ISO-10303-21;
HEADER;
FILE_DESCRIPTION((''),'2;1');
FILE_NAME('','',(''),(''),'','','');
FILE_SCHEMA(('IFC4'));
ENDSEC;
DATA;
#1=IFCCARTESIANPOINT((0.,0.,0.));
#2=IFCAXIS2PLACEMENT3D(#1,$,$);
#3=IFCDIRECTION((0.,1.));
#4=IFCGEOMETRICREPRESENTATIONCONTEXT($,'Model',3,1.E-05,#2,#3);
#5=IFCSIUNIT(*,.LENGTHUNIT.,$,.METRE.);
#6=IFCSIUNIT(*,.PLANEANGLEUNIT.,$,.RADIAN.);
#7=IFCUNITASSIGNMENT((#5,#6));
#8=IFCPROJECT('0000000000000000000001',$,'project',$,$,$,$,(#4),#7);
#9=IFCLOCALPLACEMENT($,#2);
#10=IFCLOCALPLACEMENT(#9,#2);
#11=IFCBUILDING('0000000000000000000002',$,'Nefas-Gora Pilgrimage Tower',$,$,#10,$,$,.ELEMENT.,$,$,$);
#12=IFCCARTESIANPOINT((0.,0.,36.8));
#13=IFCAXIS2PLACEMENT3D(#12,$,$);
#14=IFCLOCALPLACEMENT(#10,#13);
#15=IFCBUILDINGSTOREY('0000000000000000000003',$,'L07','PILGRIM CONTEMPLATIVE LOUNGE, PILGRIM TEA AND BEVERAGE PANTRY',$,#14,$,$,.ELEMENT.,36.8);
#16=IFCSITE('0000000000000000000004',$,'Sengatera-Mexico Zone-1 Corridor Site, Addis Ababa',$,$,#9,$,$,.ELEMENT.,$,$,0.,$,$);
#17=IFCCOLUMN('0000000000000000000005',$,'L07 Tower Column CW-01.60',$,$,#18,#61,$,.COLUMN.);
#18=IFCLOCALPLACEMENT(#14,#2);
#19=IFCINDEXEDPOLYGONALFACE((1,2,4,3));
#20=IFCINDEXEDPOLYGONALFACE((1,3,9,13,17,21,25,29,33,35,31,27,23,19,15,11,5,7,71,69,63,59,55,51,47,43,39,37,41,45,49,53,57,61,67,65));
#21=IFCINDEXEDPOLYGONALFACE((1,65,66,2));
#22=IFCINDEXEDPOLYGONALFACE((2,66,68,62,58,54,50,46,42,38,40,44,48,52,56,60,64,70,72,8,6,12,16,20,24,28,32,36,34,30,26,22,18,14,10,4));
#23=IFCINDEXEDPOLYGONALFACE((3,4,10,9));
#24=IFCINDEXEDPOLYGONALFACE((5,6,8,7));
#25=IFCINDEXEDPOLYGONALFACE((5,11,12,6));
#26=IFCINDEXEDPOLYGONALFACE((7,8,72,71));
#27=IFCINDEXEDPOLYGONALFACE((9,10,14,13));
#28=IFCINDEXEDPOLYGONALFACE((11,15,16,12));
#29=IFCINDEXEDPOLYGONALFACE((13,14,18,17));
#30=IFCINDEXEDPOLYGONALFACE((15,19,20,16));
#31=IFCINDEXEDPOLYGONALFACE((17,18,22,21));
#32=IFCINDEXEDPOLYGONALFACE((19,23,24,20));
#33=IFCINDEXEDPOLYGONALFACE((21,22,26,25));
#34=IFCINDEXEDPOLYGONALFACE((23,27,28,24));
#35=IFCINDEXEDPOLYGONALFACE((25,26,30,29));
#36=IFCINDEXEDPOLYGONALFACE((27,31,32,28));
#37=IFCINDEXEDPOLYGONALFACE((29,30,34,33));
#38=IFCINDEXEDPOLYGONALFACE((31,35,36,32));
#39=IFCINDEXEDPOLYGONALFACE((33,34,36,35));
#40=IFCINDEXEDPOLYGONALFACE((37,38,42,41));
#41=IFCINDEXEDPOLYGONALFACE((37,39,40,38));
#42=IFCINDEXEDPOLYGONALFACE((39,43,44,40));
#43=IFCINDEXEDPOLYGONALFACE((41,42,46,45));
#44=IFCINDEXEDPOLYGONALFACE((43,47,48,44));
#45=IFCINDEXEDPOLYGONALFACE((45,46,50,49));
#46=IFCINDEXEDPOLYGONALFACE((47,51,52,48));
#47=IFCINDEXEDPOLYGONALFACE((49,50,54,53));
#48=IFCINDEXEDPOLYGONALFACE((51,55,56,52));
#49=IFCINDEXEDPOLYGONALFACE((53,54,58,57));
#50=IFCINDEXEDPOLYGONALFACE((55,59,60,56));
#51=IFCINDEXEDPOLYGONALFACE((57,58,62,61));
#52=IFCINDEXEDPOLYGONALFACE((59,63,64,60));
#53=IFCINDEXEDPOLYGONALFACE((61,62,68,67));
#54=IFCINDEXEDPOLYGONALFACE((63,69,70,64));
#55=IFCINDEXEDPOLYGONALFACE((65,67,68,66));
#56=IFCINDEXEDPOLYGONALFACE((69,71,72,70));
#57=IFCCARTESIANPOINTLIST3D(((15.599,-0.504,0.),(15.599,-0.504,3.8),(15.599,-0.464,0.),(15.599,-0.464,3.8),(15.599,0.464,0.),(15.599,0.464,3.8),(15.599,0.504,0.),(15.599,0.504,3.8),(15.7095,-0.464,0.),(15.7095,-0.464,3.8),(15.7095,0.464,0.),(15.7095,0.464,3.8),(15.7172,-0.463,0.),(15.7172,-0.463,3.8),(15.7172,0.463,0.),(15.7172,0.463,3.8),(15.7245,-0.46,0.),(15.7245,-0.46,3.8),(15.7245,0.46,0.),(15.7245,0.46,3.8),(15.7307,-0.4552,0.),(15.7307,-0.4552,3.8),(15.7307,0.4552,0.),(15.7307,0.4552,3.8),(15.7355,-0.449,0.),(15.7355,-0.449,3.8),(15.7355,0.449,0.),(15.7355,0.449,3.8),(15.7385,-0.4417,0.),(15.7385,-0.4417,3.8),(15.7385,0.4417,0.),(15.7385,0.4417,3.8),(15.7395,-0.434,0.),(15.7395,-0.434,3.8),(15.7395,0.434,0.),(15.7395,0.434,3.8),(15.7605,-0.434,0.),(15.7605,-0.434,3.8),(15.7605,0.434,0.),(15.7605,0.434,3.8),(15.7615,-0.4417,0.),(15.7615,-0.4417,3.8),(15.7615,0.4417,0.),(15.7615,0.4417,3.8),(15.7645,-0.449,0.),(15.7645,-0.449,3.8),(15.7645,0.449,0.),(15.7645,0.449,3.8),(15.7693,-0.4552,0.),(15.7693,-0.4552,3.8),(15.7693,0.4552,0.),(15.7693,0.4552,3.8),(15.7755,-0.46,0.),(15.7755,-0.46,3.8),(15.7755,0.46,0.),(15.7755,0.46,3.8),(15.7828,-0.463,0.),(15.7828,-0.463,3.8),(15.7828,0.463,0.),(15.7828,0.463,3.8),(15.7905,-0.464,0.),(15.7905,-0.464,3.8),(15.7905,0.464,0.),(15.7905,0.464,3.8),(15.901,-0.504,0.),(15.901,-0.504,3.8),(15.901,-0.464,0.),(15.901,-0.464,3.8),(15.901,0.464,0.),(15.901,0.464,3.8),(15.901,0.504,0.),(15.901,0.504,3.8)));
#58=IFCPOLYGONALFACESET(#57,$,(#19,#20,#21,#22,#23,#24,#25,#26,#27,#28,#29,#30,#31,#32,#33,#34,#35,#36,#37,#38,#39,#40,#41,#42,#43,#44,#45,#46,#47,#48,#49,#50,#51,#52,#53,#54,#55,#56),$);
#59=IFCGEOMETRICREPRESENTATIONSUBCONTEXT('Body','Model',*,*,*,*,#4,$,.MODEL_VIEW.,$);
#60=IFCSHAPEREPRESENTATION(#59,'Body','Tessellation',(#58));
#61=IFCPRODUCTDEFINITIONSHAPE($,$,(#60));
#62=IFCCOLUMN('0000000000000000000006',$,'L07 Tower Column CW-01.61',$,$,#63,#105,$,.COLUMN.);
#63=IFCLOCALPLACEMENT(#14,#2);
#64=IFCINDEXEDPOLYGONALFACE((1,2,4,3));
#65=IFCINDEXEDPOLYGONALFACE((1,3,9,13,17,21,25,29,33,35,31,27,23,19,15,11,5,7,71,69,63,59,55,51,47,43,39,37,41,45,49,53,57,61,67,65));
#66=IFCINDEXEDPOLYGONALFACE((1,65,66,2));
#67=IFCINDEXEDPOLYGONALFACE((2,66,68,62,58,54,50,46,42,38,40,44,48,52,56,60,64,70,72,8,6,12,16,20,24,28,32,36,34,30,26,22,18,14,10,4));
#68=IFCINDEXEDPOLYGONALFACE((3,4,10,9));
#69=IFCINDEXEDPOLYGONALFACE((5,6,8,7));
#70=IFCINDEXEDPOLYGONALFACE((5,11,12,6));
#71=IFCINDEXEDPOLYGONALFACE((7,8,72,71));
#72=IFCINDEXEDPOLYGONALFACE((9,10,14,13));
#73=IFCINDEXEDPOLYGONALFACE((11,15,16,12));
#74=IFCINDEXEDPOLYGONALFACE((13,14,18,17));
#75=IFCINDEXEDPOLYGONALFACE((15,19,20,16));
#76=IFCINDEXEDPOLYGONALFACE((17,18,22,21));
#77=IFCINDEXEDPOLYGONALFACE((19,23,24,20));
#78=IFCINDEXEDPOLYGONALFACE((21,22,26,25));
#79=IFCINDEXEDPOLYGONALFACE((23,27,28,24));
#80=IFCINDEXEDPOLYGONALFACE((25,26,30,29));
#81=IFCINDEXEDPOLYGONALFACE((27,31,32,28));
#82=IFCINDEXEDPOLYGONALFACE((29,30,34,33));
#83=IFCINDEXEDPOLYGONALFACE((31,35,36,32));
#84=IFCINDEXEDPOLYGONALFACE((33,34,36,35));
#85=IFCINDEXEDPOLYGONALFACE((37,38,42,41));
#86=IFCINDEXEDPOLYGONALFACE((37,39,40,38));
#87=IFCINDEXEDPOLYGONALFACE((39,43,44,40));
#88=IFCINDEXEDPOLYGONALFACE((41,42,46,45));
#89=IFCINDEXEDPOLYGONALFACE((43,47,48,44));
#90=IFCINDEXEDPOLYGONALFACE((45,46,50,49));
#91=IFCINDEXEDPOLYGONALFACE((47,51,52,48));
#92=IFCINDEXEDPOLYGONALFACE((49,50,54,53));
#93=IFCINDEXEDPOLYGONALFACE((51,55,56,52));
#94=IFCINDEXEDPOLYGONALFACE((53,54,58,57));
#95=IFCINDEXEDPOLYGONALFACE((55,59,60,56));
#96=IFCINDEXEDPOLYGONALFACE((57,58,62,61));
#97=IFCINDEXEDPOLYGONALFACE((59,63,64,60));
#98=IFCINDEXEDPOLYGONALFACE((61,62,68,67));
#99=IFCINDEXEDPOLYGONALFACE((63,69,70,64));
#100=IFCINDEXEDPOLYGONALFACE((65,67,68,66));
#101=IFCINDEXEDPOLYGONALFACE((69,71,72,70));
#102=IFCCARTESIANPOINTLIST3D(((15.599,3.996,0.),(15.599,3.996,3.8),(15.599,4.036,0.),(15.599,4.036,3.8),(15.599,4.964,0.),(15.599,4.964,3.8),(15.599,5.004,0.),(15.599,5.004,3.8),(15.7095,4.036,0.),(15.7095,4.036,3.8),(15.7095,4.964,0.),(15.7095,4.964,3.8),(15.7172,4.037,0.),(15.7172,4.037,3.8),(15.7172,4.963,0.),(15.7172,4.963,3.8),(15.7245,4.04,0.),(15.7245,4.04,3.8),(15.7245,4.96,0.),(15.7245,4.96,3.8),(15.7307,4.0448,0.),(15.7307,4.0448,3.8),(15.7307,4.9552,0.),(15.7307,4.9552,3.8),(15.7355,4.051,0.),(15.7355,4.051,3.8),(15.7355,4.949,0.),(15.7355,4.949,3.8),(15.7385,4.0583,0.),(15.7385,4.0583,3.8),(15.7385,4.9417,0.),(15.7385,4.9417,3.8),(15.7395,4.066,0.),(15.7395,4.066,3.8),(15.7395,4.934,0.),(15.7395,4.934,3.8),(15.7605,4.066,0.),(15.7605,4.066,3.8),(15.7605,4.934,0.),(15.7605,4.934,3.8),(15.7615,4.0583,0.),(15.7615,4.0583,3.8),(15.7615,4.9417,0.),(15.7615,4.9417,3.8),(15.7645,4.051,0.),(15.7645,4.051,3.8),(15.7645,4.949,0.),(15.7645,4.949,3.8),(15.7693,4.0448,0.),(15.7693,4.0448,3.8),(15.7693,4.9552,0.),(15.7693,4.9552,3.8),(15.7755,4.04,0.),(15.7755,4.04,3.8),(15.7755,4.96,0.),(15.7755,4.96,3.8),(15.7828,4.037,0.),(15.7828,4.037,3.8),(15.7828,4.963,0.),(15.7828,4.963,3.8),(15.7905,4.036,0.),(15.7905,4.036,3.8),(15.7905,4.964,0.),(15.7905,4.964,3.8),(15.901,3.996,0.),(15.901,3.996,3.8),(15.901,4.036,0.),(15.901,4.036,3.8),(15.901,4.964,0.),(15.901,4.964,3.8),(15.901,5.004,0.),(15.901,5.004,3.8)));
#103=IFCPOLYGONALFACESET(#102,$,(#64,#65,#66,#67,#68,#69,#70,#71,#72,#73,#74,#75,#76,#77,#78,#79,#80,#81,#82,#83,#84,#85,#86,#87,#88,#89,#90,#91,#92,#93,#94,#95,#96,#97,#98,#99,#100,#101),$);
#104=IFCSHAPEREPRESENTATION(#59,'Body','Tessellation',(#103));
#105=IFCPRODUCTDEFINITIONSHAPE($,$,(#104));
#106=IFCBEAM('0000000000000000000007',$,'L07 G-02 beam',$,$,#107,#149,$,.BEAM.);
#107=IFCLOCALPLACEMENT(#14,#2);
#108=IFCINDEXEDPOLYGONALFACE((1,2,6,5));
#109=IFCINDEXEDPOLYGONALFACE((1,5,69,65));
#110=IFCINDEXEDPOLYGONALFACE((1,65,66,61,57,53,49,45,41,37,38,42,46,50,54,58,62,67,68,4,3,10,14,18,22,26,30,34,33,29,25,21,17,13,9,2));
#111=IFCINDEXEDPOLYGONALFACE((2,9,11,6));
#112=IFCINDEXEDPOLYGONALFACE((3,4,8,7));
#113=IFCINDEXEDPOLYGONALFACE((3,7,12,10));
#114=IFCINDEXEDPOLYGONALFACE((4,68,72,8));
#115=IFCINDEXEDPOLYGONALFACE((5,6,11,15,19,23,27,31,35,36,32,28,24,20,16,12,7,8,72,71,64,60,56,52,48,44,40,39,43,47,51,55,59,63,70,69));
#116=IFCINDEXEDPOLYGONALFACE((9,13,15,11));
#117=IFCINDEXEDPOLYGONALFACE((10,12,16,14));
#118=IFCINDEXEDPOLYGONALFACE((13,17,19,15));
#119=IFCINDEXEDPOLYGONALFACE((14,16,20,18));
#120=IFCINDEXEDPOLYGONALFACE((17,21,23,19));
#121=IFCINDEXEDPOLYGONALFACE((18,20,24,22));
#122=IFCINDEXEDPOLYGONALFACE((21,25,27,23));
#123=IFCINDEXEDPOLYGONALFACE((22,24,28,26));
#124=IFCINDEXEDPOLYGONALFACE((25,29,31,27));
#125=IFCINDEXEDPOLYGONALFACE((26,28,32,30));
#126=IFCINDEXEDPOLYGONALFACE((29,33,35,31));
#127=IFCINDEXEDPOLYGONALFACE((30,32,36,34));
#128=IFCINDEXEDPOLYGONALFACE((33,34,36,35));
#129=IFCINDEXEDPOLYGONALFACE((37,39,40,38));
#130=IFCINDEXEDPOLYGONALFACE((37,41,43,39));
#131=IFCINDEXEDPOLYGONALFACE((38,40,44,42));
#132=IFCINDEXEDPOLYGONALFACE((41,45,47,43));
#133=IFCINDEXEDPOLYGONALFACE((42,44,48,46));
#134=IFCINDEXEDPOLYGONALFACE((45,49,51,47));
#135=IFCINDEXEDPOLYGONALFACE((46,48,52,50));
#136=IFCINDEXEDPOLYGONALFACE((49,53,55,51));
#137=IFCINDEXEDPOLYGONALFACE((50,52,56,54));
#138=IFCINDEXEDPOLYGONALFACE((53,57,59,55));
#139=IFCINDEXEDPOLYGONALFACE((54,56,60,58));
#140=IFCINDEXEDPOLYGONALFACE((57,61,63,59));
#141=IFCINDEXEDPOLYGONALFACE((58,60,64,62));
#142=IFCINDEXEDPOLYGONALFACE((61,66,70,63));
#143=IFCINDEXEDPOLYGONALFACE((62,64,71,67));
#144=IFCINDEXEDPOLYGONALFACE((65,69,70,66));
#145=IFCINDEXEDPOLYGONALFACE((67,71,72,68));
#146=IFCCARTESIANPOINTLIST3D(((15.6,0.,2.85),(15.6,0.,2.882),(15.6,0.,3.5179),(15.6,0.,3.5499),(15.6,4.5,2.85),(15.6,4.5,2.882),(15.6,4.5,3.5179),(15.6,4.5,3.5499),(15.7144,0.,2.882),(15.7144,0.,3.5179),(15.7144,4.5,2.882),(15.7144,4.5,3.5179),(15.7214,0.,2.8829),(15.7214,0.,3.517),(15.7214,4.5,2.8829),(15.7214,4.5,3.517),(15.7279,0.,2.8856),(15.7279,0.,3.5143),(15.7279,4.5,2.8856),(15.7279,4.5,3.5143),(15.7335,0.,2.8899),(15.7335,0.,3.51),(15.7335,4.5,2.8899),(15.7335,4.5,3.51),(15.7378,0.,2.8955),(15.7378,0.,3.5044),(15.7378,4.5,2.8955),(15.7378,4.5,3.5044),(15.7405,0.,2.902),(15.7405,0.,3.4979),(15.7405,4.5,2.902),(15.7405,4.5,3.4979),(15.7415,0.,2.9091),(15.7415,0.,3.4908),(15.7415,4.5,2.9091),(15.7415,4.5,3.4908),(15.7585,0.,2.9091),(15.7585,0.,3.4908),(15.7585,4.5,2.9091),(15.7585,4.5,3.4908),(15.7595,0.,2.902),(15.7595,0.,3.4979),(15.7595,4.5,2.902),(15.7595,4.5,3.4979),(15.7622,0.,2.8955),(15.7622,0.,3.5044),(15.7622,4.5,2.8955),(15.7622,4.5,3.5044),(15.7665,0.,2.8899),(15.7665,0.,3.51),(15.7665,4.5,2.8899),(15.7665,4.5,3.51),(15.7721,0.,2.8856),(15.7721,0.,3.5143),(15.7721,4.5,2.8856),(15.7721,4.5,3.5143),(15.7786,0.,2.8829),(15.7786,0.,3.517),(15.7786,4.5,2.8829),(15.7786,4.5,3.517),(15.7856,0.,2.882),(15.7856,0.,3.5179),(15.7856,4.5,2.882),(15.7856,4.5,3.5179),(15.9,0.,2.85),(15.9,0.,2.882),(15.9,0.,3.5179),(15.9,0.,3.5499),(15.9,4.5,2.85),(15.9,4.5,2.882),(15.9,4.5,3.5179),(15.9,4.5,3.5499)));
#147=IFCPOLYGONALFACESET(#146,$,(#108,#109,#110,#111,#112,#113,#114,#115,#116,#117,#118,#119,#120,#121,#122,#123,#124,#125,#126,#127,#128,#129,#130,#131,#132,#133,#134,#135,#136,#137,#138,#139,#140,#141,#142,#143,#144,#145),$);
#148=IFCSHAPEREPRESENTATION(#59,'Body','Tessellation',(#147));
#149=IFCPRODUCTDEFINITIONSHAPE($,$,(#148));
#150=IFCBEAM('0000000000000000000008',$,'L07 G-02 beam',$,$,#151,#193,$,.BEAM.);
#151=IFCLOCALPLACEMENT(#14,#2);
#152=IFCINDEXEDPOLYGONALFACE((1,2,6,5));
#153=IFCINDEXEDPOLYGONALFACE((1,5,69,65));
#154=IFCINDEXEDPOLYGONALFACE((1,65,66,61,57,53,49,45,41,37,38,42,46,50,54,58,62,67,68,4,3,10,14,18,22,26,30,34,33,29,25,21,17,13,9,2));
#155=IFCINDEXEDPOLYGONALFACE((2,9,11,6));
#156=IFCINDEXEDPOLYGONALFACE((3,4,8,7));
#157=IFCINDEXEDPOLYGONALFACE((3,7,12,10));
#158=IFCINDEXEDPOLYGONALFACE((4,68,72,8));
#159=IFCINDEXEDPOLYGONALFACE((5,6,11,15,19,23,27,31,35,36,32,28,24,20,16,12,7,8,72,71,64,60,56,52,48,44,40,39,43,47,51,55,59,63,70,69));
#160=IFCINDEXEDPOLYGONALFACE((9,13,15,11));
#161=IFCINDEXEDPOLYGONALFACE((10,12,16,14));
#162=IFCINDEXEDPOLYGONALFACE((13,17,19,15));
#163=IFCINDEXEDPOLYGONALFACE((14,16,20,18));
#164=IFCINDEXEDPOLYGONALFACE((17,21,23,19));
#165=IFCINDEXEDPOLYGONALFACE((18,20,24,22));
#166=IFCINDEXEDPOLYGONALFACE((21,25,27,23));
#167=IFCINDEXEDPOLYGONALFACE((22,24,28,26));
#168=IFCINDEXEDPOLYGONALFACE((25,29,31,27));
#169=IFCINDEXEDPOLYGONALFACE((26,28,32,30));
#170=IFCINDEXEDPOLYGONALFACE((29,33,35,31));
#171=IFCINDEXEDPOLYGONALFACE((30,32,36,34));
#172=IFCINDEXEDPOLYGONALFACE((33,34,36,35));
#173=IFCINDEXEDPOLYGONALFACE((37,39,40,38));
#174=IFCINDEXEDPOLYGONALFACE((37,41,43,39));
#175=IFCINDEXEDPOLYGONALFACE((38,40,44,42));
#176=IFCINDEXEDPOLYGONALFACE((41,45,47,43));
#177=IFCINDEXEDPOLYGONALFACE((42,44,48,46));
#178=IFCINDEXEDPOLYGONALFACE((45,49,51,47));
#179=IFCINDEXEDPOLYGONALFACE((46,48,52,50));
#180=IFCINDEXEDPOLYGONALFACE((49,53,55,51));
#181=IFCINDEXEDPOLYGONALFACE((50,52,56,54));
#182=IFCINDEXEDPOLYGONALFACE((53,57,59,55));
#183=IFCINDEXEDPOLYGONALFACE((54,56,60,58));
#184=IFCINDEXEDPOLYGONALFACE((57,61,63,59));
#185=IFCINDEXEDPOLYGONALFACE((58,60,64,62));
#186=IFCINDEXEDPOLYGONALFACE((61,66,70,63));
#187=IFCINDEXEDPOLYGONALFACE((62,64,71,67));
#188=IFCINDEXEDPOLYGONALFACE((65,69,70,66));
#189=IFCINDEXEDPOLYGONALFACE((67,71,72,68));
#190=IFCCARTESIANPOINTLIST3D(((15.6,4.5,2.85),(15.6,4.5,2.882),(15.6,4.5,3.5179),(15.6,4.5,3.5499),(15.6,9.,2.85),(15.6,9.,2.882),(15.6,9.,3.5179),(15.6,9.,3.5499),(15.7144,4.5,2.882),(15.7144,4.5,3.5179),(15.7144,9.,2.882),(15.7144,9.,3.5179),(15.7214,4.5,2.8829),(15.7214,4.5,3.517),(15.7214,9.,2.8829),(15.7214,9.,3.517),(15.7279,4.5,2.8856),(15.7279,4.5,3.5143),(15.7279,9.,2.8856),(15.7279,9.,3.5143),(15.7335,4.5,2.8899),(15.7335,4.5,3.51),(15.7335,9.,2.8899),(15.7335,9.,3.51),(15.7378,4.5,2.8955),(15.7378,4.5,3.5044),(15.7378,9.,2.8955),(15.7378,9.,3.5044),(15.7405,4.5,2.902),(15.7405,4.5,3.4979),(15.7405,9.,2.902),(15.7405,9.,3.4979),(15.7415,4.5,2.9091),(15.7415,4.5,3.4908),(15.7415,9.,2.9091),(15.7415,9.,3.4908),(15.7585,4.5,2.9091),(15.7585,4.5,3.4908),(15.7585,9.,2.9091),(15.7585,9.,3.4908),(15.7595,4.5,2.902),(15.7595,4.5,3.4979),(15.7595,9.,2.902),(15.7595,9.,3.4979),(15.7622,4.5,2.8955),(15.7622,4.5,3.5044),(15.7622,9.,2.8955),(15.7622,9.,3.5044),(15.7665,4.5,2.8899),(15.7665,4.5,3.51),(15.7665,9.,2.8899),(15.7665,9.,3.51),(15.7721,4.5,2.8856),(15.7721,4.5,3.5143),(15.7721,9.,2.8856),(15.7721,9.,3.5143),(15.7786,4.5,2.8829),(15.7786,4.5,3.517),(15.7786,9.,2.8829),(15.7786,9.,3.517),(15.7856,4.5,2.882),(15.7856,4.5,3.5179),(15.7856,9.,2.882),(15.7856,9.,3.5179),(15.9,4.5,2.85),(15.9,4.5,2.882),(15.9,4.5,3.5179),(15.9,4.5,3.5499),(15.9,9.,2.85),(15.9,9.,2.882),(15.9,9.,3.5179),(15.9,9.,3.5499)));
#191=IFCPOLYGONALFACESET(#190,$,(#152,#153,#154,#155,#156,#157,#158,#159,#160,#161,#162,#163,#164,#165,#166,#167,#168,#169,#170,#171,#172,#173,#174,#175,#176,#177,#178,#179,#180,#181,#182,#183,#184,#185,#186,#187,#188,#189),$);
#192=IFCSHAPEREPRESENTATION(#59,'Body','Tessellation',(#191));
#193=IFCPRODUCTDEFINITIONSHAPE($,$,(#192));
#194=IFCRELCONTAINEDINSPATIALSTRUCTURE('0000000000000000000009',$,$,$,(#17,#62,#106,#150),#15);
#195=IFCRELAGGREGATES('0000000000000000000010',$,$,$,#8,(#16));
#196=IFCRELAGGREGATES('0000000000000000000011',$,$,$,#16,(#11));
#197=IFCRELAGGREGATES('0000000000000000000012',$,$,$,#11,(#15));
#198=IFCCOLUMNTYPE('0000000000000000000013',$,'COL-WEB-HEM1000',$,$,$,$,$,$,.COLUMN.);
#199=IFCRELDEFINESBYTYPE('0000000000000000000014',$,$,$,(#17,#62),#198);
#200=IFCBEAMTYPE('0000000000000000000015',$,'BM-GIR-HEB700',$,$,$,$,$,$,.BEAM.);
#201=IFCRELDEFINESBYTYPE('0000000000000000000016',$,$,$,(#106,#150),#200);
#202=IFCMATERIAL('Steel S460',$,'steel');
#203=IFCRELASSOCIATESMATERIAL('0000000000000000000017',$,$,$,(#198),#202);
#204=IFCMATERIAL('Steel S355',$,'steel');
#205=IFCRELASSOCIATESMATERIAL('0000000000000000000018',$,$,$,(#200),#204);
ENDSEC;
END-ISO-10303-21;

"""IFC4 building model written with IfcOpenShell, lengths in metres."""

from ifc_helpers import new_model, si_unit, direction, frame, origin, origin_2d, place, context, subcontext, project, spatial, i_section, extrude, source, transform, mapped, material, material_profile, profile_set, type_object, element, save


model = new_model("IFC4")

# Units and contexts
model_context = context("Model", 3, precision=1e-05, world=origin(), true_north=direction((0.0, 1.0)))
body_context = subcontext(model_context, "Body", "Model", "MODEL_VIEW")
ifc_project = project(units=[si_unit("LENGTHUNIT", "METRE"), si_unit("PLANEANGLEUNIT", "RADIAN")], contexts=[model_context])

# Site, building, storey
site_placement = place(None, origin())
site = spatial("IfcSite", under=ifc_project, at=site_placement, Name="Sengatera-Mexico Zone-1 Corridor Site, Addis Ababa", CompositionType="ELEMENT", RefElevation=0.0)
building_placement = place(site_placement, origin())
building = spatial("IfcBuilding", under=site, at=building_placement, Name="Nefas-Gora Pilgrimage Tower", CompositionType="ELEMENT")
storey_placement = place(building_placement, frame((0.0, 0.0, 36.8)))
storey = spatial("IfcBuildingStorey", under=building, at=storey_placement, Name="L07", Description="PILGRIM CONTEMPLATIVE LOUNGE, PILGRIM TEA AND BEVERAGE PANTRY", CompositionType="ELEMENT", Elevation=36.8)

# Columns
ifc_material_1 = material(Name="Steel S460", Category="steel")
ifc_material_profile_1 = material_profile(ifc_material_1, i_section(OverallWidth=0.302, OverallDepth=1.0081, WebThickness=0.021, FlangeThickness=0.04, FilletRadius=0.03, at=origin_2d()), Name="HEM 1000")
ifc_profile_set_1 = profile_set([ifc_material_profile_1], Name="Steel S460")
column_type = type_object("IfcColumnType", Name="COL-WEB-HEM1000", PredefinedType="COLUMN", material=ifc_profile_set_1)
shared_shape_1 = source(origin(), body_context, "Body", "SweptSolid", [
    extrude(i_section(OverallWidth=0.302, OverallDepth=1.0081, WebThickness=0.021, FlangeThickness=0.04, FilletRadius=0.03, at=origin_2d()), origin(), (0.0, 0.0, 1.0), 3.8),
])
for number, where, z_axis, x_axis, name in (
    (1, (15.75, 0.0, 0.0), (0.0, 0.0, 1.0), (1.0, 0.0, 0.0), "L07 Tower Column CW-01.60"),
    (2, (15.75, 4.5, 0.0), (0.0, 0.0, 1.0), (1.0, 0.0, 0.0), "L07 Tower Column CW-01.61"),
):
    element("IfcColumn", number, at=place(storey_placement, frame(where, z_axis=z_axis, x_axis=x_axis)), inside=storey, type_object=column_type, Name=name, PredefinedType="COLUMN", context=body_context, shape_type="MappedRepresentation", body=[
        mapped(shared_shape_1, transform((0.0, 0.0, 0.0), x_axis=(1.0, 0.0, 0.0), y_axis=(0.0, 1.0, 0.0), z_axis=(0.0, 0.0, 1.0), scale=1.0)),
    ])

# Beams
ifc_material_2 = material(Name="Steel S355", Category="steel")
ifc_material_profile_2 = material_profile(ifc_material_2, i_section(OverallWidth=0.3, OverallDepth=0.7, WebThickness=0.0171, FlangeThickness=0.032, FilletRadius=0.0271, at=origin_2d()), Name="HEB 700")
ifc_profile_set_2 = profile_set([ifc_material_profile_2], Name="Steel S355")
beam_type = type_object("IfcBeamType", Name="BM-GIR-HEB700", PredefinedType="BEAM", material=ifc_profile_set_2)
shared_shape_2 = source(origin(), body_context, "Body", "SweptSolid", [
    extrude(i_section(OverallWidth=0.3, OverallDepth=0.7, WebThickness=0.0171, FlangeThickness=0.032, FilletRadius=0.0271, at=origin_2d()), origin(), (0.0, 0.0, 1.0), 4.5),
])
for number, where, z_axis, x_axis, name in (
    (3, (15.75, 0.0, 3.2), (0.0, 1.0, 0.0), (-1.0, 0.0, 0.0), "L07 G-02 beam"),
    (4, (15.75, 4.5, 3.2), (0.0, 1.0, 0.0), (-1.0, 0.0, 0.0), "L07 G-02 beam"),
):
    element("IfcBeam", number, at=place(storey_placement, frame(where, z_axis=z_axis, x_axis=x_axis)), inside=storey, type_object=beam_type, Name=name, PredefinedType="BEAM", context=body_context, shape_type="MappedRepresentation", body=[
        mapped(shared_shape_2, transform((0.0, 0.0, 0.0), x_axis=(1.0, 0.0, 0.0), y_axis=(0.0, 1.0, 0.0), z_axis=(0.0, 0.0, 1.0), scale=1.0)),
    ])

save(model, "model.ifc")
